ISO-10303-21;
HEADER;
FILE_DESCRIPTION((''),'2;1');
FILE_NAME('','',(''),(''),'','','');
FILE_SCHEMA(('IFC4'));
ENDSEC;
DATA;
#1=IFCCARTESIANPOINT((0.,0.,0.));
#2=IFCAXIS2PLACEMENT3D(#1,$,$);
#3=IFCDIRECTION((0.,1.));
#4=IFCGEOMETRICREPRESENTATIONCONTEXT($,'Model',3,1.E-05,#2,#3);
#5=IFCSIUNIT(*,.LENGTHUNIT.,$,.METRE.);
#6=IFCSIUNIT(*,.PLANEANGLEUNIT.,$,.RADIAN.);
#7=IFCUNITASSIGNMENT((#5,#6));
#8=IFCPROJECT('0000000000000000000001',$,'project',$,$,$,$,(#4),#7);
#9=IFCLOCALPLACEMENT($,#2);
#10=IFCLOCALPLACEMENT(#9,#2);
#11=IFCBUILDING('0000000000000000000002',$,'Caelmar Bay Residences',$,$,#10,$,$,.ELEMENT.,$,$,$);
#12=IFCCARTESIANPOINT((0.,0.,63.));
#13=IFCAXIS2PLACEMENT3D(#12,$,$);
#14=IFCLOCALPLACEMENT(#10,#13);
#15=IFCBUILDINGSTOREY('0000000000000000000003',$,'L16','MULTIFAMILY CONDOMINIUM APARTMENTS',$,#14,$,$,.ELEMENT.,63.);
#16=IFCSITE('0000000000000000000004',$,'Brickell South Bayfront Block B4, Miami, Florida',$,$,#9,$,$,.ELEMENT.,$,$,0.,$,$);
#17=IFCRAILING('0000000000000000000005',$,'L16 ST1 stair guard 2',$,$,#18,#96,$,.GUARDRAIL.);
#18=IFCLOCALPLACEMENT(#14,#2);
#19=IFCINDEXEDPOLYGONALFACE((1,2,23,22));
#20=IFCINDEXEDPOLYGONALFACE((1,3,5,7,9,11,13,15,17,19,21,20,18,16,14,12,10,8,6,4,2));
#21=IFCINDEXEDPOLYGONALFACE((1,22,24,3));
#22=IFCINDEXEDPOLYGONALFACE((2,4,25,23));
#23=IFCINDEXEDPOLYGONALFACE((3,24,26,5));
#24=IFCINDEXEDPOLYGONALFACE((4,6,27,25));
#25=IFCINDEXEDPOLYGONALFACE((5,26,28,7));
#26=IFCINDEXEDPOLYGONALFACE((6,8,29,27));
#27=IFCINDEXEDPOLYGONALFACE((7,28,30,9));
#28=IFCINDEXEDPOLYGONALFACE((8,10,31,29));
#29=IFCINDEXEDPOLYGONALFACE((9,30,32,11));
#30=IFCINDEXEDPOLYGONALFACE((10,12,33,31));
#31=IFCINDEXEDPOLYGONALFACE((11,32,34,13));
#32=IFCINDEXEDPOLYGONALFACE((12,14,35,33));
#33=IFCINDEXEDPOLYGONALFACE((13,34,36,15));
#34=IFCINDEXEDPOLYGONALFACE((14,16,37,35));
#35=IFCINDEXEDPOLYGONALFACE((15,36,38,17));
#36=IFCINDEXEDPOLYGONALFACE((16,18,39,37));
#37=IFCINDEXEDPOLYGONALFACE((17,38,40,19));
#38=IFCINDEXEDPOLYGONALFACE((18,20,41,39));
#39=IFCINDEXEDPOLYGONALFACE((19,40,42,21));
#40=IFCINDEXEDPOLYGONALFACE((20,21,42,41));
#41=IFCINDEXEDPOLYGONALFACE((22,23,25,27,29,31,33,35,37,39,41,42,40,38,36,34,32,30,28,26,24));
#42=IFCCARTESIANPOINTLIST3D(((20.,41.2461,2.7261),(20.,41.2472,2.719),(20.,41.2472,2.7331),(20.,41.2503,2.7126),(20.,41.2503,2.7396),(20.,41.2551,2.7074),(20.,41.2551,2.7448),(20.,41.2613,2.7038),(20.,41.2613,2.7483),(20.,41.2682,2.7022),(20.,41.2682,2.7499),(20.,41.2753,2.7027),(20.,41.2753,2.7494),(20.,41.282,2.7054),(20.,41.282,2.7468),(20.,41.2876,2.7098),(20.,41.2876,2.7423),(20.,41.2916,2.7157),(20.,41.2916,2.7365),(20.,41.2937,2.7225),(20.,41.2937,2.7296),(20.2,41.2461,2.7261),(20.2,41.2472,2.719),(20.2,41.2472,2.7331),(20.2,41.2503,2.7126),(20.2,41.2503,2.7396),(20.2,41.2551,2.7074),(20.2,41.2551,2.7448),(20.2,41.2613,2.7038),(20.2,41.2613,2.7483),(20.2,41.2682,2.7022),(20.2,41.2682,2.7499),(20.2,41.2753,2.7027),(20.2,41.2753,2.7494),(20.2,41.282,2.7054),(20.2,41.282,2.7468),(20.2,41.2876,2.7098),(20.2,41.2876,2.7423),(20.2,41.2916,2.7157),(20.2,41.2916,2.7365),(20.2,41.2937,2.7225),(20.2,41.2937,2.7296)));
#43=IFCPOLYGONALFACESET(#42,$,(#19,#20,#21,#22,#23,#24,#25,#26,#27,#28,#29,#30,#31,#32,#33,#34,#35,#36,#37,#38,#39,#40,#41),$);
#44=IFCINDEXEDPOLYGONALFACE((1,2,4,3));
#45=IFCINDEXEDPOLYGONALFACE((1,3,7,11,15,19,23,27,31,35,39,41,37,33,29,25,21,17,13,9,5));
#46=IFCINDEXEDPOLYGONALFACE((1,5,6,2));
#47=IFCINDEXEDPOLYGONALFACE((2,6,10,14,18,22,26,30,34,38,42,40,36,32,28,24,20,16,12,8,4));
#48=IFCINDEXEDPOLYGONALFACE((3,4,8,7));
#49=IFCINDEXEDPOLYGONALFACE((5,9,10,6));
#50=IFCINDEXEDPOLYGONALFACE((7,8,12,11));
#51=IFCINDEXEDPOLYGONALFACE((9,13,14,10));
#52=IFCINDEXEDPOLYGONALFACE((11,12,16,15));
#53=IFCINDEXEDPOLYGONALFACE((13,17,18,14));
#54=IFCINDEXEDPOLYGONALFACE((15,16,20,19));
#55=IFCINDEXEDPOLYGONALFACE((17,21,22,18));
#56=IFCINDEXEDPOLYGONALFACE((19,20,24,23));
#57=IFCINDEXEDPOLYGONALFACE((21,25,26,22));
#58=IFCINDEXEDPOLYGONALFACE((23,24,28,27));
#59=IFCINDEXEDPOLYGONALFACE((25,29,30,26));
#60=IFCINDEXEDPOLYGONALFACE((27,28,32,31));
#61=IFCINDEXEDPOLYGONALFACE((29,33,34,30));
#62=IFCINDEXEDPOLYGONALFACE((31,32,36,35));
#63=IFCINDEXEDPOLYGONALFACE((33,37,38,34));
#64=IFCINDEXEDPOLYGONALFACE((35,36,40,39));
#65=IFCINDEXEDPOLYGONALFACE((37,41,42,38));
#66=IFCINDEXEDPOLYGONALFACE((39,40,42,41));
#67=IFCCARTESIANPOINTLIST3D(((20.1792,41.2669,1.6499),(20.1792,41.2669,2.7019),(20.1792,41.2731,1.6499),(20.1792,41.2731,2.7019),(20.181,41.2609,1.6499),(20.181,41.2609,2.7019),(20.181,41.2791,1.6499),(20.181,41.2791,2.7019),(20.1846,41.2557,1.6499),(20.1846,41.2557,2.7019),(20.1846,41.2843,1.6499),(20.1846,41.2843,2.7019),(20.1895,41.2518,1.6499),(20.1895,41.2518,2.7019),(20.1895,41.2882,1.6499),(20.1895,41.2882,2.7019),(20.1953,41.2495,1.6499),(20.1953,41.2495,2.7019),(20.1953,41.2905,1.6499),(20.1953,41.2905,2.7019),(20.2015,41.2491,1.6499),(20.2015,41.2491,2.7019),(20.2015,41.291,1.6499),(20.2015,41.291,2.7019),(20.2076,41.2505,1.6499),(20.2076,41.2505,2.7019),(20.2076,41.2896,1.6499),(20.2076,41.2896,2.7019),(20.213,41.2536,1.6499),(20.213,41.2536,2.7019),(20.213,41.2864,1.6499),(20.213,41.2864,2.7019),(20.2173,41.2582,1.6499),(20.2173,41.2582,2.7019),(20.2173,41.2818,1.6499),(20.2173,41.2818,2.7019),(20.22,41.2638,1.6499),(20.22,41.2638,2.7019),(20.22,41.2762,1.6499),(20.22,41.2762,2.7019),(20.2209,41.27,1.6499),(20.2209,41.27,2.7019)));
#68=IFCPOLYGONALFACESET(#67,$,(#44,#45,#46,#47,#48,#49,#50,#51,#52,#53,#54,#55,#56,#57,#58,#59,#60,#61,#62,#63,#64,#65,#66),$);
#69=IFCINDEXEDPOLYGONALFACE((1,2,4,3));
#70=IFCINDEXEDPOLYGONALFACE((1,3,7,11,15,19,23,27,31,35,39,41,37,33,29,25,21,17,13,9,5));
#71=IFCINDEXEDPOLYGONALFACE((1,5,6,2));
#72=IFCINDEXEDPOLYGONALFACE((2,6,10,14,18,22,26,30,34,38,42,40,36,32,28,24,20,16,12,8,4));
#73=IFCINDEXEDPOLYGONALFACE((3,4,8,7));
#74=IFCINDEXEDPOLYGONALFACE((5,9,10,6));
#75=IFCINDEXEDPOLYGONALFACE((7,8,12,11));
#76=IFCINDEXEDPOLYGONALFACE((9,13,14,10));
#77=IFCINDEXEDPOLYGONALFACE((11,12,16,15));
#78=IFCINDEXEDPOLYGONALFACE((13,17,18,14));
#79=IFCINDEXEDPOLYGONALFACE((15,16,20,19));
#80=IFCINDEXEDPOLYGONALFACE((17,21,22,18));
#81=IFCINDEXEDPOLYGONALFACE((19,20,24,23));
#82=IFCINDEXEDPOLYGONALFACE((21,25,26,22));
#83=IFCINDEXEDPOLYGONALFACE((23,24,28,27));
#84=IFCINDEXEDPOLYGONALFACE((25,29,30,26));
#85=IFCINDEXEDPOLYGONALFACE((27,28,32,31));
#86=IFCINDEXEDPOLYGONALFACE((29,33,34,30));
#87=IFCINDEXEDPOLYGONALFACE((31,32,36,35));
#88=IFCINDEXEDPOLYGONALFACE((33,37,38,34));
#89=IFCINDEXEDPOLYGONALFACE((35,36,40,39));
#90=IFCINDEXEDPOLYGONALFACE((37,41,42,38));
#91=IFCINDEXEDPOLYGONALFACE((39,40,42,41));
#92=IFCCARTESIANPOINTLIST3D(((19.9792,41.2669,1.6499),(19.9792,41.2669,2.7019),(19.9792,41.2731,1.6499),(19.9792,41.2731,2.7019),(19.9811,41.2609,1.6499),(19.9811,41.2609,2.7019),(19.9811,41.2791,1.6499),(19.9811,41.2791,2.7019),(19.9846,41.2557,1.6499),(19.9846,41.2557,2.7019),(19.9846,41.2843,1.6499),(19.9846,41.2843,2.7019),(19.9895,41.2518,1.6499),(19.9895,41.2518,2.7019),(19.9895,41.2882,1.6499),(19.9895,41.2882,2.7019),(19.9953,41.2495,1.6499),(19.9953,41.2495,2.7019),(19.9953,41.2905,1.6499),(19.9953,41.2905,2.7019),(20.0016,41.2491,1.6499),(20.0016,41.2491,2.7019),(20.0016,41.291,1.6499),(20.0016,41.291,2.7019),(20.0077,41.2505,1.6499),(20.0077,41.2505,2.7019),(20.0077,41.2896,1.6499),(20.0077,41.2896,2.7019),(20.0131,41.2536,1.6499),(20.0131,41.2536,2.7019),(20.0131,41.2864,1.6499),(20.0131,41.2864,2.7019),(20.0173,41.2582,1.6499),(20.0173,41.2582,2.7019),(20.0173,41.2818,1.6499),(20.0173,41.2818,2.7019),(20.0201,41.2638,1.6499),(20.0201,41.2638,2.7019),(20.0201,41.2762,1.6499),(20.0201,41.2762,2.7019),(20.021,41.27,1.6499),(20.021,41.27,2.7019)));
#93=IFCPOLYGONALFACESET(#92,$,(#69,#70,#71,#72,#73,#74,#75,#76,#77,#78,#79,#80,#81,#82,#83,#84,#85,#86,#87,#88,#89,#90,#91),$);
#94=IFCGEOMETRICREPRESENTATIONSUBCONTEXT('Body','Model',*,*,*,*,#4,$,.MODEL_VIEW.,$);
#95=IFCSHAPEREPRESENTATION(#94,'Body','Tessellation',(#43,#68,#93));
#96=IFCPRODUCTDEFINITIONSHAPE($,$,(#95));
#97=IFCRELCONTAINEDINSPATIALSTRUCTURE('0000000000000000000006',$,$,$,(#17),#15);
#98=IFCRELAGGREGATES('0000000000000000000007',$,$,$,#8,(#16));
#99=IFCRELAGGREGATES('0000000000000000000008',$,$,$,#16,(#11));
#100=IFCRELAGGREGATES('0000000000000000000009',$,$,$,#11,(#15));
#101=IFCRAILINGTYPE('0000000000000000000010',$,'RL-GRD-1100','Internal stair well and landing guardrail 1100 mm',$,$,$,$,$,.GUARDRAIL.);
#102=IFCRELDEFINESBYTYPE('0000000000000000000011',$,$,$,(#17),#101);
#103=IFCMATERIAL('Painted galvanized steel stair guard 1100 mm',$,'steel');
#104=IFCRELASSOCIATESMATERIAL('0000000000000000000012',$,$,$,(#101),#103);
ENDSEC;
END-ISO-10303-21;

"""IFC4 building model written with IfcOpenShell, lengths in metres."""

from ifc_helpers import new_model, si_unit, direction, frame, origin, origin_2d, place, context, subcontext, project, spatial, circle, extrude, material, type_object, element, save


model = new_model("IFC4")

# Units and contexts
model_context = context("Model", 3, precision=1e-05, world=origin(), true_north=direction((0.0, 1.0)))
body_context = subcontext(model_context, "Body", "Model", "MODEL_VIEW")
ifc_project = project(units=[si_unit("LENGTHUNIT", "METRE"), si_unit("PLANEANGLEUNIT", "RADIAN")], contexts=[model_context])

# Site, building, storey
site_placement = place(None, origin())
site = spatial("IfcSite", under=ifc_project, at=site_placement, Name="Brickell South Bayfront Block B4, Miami, Florida", CompositionType="ELEMENT", RefElevation=0.0)
building_placement = place(site_placement, origin())
building = spatial("IfcBuilding", under=site, at=building_placement, Name="Caelmar Bay Residences", CompositionType="ELEMENT")
storey_placement = place(building_placement, frame((0.0, 0.0, 63.0)))
storey = spatial("IfcBuildingStorey", under=building, at=storey_placement, Name="L16", Description="MULTIFAMILY CONDOMINIUM APARTMENTS", CompositionType="ELEMENT", Elevation=63.0)

# Railing
ifc_material_1 = material(Name="Painted galvanized steel stair guard 1100 mm", Category="steel")
railing_type_1 = type_object("IfcRailingType", Name="RL-GRD-1100", Description="Internal stair well and landing guardrail 1100 mm", PredefinedType="GUARDRAIL", material=ifc_material_1)
railing_1_placement = place(storey_placement, frame((20.2, 41.27, 1.6499)))
element("IfcRailing", 1, at=railing_1_placement, inside=storey, type_object=railing_type_1, Name="L16 ST1 stair guard 2", PredefinedType="GUARDRAIL", context=body_context, shape_type="SweptSolid", body=[
    extrude(circle(Radius=0.0239, at=origin_2d()), frame((0.0, 0.0, 1.0762), z_axis=(-1.0, 0.0, 0.0), x_axis=(0.0, -1.0, 0.0)), (0.0, 0.0, 1.0), 0.2),
    extrude(circle(Radius=0.021, at=origin_2d()), origin(), (0.0, 0.0, 1.0), 1.052),
    extrude(circle(Radius=0.021, at=origin_2d()), frame((-0.2, 0.0, 0.0)), (0.0, 0.0, 1.0), 1.052),
])

save(model, "model.ifc")
